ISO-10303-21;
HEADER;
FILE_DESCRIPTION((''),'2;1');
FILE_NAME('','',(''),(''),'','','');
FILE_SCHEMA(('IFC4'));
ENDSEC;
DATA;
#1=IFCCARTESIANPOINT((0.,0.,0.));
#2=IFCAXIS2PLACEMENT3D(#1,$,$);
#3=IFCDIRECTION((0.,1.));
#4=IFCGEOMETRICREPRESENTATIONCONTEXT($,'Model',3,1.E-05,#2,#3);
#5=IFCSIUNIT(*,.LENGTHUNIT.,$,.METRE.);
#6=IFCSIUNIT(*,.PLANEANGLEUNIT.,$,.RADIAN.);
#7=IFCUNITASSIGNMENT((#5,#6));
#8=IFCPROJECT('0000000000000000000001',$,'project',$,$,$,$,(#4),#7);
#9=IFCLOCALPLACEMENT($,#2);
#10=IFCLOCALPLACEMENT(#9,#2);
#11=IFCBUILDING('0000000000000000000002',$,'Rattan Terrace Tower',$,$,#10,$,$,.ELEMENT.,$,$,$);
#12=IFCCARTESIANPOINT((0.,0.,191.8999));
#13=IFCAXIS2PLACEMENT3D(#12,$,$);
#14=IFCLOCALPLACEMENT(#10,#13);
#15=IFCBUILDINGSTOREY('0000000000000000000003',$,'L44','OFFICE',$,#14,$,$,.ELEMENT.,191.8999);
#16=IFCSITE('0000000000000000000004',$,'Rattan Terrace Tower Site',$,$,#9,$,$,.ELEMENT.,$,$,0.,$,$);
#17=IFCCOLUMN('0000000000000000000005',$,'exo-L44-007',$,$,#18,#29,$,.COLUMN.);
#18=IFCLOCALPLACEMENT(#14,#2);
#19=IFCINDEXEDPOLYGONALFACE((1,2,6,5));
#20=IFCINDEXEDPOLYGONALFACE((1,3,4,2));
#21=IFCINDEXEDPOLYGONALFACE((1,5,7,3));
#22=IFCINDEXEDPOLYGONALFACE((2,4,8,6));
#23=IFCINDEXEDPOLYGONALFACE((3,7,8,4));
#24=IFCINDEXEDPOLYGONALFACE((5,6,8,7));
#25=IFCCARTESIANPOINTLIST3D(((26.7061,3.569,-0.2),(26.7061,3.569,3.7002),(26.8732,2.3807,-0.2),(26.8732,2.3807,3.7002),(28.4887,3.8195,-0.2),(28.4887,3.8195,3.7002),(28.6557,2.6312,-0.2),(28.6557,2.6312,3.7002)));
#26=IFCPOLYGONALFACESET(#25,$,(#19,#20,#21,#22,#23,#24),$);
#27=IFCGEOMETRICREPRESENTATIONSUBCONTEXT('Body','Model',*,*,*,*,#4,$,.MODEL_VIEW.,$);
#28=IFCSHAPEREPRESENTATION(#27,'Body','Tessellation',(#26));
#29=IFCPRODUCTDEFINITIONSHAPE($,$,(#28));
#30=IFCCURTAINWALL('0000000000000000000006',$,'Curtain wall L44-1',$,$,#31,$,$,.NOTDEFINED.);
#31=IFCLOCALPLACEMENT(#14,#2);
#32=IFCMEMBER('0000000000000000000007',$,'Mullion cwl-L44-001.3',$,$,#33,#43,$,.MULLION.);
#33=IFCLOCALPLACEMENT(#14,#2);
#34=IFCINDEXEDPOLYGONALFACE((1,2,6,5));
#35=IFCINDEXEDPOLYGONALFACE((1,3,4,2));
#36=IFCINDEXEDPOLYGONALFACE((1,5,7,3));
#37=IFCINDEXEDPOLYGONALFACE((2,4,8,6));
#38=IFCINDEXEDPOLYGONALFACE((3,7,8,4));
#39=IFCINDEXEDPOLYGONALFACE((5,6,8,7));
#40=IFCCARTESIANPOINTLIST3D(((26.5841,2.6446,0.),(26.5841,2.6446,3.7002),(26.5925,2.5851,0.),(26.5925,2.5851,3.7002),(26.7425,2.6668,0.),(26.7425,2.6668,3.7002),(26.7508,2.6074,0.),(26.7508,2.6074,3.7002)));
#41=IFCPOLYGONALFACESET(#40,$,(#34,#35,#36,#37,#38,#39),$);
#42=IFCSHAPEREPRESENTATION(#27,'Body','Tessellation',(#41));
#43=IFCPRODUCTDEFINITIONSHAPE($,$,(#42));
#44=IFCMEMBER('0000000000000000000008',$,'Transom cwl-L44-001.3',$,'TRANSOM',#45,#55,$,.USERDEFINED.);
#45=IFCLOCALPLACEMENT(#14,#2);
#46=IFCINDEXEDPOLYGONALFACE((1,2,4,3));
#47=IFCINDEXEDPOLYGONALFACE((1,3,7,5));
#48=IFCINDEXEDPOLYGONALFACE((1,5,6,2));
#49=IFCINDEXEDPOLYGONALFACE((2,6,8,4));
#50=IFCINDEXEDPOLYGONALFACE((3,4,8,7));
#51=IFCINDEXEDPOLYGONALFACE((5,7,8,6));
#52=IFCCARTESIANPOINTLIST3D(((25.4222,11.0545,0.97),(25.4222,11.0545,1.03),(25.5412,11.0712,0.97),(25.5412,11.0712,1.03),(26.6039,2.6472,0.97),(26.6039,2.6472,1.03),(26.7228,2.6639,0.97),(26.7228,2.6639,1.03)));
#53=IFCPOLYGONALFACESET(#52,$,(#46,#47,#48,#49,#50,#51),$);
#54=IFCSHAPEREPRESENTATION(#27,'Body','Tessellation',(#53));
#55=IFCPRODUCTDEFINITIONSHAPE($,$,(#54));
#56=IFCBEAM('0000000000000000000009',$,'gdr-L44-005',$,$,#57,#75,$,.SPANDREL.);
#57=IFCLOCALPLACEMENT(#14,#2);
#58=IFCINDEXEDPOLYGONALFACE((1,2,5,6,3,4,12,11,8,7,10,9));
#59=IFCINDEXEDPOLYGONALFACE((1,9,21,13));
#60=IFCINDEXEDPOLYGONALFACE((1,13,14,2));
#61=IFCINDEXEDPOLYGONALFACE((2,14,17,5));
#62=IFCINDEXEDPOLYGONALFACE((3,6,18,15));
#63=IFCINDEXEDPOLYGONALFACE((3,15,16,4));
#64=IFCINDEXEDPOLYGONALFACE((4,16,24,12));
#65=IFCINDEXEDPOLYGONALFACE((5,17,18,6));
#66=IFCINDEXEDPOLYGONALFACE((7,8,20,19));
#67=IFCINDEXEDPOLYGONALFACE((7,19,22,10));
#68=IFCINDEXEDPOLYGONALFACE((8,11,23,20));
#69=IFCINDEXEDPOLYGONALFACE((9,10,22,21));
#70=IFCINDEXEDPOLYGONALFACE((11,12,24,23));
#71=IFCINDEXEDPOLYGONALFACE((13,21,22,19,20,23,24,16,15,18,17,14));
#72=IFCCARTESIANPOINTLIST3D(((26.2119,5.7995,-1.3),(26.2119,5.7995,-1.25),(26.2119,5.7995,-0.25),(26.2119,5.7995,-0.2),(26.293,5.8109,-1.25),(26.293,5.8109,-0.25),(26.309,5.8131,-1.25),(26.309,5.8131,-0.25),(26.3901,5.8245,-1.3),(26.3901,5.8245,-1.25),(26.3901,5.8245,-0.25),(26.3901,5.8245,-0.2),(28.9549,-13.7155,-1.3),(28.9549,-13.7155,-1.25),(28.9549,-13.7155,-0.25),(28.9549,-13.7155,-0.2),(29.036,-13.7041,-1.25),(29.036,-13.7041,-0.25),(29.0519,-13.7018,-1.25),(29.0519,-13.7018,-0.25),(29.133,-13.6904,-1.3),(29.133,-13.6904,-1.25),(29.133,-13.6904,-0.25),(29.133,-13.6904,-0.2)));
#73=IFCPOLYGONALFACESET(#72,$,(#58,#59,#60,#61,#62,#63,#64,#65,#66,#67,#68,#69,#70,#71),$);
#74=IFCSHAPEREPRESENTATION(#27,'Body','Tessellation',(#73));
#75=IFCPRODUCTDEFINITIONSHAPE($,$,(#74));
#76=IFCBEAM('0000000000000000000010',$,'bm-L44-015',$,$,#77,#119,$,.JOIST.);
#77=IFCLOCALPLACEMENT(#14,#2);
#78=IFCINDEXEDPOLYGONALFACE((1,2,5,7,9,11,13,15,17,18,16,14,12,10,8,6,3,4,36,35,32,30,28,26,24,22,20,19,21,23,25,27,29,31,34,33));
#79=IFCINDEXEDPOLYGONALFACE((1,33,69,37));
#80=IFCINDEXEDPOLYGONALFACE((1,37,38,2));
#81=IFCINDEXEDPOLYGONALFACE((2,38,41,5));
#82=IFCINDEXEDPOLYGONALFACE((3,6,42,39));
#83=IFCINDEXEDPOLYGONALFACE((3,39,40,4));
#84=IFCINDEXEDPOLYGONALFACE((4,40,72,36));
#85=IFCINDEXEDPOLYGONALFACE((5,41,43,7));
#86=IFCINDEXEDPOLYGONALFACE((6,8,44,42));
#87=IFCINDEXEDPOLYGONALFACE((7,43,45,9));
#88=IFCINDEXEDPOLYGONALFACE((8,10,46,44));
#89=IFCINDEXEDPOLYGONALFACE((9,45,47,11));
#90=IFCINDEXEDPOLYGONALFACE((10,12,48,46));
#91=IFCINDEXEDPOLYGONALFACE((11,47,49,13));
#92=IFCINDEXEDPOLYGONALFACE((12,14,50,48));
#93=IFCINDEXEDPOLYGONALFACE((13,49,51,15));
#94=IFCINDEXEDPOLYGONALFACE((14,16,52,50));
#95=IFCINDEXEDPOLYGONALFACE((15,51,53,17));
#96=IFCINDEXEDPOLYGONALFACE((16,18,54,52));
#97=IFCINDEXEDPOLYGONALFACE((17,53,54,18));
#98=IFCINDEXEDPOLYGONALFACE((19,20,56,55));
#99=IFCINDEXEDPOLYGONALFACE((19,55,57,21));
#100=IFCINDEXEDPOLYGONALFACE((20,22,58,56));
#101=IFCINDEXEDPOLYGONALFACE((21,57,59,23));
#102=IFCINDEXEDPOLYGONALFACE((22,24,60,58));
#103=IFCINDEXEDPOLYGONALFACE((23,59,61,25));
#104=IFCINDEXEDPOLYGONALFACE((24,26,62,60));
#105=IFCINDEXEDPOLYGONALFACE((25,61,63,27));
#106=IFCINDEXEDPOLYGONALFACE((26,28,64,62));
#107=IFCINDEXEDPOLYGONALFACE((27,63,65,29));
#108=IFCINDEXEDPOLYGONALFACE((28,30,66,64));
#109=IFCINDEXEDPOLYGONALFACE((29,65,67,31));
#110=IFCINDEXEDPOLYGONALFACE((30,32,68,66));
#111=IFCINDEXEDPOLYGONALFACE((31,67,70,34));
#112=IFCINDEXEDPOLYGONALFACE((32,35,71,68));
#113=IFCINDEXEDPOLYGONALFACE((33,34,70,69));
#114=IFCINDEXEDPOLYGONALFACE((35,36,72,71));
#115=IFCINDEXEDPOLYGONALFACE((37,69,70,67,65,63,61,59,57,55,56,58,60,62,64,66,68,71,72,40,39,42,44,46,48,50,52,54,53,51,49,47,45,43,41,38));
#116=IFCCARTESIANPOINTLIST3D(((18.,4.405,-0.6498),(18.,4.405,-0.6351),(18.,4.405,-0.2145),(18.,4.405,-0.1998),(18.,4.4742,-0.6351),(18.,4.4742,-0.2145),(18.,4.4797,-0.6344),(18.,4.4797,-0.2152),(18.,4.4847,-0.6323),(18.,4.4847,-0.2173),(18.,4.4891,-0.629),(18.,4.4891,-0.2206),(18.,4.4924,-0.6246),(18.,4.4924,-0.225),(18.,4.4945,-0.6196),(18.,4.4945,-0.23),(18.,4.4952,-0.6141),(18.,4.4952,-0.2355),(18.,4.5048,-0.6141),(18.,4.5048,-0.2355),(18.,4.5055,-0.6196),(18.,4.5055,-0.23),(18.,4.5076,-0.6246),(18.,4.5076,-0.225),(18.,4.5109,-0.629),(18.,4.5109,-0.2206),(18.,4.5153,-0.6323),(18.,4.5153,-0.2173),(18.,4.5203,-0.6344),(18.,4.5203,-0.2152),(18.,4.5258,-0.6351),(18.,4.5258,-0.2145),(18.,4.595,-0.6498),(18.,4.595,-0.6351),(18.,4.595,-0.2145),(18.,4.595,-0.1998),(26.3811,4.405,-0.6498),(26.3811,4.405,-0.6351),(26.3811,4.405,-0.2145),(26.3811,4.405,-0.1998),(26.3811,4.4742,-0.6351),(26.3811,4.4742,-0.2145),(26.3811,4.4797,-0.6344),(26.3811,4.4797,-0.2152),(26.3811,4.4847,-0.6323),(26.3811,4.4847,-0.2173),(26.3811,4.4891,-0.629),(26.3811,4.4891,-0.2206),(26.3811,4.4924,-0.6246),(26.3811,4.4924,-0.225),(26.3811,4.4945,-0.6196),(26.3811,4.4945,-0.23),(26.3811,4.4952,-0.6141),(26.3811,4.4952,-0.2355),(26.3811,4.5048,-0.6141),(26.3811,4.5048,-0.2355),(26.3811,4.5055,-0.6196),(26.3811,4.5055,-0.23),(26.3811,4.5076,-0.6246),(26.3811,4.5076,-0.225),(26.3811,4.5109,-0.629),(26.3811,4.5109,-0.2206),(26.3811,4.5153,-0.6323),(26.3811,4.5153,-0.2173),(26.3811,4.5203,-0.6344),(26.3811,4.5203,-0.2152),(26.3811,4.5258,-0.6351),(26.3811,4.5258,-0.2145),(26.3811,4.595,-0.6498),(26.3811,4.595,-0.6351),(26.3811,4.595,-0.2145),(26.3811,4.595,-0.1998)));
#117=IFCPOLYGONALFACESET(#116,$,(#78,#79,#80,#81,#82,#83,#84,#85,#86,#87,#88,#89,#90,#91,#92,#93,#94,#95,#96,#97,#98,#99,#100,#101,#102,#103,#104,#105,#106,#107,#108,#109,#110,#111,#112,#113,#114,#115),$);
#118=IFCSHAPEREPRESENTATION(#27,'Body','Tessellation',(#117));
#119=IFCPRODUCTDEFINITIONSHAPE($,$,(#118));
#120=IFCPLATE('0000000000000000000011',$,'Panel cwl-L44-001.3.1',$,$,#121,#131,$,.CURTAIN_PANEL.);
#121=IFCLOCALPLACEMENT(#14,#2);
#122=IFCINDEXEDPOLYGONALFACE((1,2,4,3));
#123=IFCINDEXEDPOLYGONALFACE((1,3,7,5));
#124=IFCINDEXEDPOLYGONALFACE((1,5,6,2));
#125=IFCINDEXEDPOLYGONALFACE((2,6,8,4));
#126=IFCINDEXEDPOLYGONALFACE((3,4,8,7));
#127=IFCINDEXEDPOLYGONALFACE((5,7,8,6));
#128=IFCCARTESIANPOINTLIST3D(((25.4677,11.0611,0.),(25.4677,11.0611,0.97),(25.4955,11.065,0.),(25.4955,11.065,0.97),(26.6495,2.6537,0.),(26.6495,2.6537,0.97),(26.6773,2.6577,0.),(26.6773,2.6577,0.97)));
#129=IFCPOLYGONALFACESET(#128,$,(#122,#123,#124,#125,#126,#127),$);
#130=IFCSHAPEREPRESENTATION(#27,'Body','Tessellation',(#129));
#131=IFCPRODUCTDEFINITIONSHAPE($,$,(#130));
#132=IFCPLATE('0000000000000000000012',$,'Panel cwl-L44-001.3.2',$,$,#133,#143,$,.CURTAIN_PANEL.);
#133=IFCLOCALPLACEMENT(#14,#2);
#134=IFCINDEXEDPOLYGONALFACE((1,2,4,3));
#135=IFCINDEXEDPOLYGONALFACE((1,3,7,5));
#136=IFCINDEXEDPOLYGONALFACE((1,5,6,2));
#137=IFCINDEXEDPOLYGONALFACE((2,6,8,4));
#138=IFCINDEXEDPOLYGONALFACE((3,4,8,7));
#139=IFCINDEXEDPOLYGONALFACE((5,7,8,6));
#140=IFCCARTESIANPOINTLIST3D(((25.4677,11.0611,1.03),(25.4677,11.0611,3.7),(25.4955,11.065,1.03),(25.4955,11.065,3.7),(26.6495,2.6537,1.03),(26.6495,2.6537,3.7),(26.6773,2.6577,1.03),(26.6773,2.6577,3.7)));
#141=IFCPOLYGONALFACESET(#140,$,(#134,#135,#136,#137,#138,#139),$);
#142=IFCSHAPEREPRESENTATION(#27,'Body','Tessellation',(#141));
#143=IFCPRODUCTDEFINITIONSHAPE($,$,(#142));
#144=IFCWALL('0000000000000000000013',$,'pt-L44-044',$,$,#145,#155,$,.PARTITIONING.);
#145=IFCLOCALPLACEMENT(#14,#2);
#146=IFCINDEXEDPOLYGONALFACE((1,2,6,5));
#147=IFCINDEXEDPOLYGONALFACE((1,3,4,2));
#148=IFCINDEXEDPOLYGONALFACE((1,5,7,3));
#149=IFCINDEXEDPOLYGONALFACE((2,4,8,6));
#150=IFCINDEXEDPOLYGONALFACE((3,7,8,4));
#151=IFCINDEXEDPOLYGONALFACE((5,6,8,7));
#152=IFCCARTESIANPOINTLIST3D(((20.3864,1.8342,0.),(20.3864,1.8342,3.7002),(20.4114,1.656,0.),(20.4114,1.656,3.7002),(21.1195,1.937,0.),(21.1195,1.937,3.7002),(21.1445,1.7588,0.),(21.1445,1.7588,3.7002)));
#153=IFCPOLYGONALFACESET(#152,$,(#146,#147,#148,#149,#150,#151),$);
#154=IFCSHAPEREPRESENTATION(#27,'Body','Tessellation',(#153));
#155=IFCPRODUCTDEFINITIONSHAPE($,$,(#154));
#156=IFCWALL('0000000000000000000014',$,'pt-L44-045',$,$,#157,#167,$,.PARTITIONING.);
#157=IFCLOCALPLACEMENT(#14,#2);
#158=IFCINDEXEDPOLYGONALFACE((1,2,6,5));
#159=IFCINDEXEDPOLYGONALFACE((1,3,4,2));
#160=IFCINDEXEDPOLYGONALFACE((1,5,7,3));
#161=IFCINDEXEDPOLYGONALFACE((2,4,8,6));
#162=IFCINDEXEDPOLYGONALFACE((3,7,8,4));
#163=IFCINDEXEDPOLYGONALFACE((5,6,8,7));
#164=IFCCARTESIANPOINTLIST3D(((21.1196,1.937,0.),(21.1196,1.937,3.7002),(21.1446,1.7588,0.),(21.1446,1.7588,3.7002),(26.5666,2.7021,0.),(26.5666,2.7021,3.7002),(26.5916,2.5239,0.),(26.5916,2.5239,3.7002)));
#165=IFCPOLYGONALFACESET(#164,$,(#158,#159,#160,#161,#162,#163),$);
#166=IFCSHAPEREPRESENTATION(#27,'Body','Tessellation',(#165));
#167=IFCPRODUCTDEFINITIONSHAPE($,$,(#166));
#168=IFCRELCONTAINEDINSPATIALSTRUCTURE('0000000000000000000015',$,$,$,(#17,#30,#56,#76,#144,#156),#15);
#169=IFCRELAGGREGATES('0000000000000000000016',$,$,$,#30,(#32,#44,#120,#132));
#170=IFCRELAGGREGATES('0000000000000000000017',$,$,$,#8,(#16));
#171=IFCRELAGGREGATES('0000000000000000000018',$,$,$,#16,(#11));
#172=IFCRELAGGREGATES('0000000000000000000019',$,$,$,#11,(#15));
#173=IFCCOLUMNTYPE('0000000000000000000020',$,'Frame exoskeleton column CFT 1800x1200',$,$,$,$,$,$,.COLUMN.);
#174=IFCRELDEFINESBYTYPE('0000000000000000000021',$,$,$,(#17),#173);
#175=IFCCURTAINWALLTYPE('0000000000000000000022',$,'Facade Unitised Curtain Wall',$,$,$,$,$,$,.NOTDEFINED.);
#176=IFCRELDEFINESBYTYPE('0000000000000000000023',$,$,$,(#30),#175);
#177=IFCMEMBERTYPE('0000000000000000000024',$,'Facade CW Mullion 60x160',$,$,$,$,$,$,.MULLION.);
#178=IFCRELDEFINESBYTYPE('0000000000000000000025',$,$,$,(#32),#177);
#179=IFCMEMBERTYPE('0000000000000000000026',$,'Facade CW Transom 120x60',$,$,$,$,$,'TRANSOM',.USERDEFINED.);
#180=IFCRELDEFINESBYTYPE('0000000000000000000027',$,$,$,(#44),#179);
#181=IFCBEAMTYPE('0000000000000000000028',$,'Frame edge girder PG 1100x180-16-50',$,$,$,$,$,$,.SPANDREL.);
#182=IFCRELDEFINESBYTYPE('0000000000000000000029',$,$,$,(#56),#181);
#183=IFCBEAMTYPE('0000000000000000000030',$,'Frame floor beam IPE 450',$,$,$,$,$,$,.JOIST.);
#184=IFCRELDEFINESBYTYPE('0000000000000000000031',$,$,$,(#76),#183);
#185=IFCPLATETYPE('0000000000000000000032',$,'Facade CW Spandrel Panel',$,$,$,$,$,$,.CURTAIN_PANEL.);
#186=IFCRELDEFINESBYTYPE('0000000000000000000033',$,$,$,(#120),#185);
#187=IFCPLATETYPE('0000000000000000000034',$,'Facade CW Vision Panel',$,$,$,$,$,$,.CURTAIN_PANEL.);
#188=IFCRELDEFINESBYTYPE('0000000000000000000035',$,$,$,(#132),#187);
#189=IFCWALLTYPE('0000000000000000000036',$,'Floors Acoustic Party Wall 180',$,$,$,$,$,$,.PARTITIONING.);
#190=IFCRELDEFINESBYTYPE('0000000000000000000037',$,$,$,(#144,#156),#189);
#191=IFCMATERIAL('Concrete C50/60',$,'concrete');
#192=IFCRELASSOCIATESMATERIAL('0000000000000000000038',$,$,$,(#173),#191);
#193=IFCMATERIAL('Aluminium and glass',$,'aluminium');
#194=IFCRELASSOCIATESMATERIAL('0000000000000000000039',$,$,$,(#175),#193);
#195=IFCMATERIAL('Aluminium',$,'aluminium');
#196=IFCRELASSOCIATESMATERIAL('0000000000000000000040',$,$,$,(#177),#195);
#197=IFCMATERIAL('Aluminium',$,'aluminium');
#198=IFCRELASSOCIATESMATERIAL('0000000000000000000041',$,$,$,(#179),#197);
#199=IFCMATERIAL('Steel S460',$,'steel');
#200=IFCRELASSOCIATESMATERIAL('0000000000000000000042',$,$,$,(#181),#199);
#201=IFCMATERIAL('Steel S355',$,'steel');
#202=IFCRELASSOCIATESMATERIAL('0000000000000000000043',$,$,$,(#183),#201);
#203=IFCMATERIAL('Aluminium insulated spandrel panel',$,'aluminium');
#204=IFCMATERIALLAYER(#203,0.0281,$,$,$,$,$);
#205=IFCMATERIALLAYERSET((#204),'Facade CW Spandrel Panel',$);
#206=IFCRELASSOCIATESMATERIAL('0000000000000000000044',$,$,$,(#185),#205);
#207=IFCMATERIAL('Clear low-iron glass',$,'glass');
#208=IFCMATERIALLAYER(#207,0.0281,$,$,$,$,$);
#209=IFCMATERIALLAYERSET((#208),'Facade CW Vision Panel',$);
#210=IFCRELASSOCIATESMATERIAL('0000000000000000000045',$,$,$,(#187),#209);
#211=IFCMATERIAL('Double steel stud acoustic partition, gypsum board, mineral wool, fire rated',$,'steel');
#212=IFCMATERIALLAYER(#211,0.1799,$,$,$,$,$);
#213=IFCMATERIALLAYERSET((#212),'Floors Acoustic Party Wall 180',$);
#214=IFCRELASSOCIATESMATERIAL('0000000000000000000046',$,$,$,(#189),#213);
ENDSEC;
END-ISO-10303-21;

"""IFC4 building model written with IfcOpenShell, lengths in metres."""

from ifc_helpers import new_model, si_unit, direction, frame, frame_2d, origin, origin_2d, place, context, subcontext, project, spatial, rectangle, i_section, extrude, material, layer, layer_set, material_profile, profile_set, type_object, element, aggregate, save


model = new_model("IFC4")

# Units and contexts
model_context = context("Model", 3, precision=1e-05, world=origin(), true_north=direction((0.0, 1.0)))
body_context = subcontext(model_context, "Body", "Model", "MODEL_VIEW")
ifc_project = project(units=[si_unit("LENGTHUNIT", "METRE"), si_unit("PLANEANGLEUNIT", "RADIAN")], contexts=[model_context])

# Site, building, storey
site_placement = place(None, origin())
site = spatial("IfcSite", under=ifc_project, at=site_placement, Name="Rattan Terrace Tower Site", CompositionType="ELEMENT", RefElevation=0.0)
building_placement = place(site_placement, origin())
building = spatial("IfcBuilding", under=site, at=building_placement, Name="Rattan Terrace Tower", CompositionType="ELEMENT")
storey_placement = place(building_placement, frame((0.0, 0.0, 191.8999)))
storey = spatial("IfcBuildingStorey", under=building, at=storey_placement, Name="L44", Description="OFFICE", CompositionType="ELEMENT", Elevation=191.8999)

# Column
ifc_material_1 = material(Name="Concrete C50/60", Category="concrete")
ifc_material_profile_1 = material_profile(ifc_material_1, rectangle(XDim=1.2, YDim=1.8, at=origin_2d()), Name="CFT 1800x1200")
ifc_profile_set_1 = profile_set([ifc_material_profile_1], Name="Concrete C50/60")
column_type = type_object("IfcColumnType", Name="Frame exoskeleton column CFT 1800x1200", PredefinedType="COLUMN", material=ifc_profile_set_1)
column_placement = place(storey_placement, frame((27.6809, 3.1001, -0.2), z_axis=(0.0, 0.0, 1.0), x_axis=(-0.13919, 0.990266, 0.0)))
element("IfcColumn", 1, at=column_placement, inside=storey, type_object=column_type, Name="exo-L44-007", PredefinedType="COLUMN", context=body_context, shape_type="SweptSolid", body=[
    extrude(rectangle(XDim=1.2, YDim=1.8, at=origin_2d()), origin(), (0.0, 0.0, 1.0), 3.9001),
])

# Curtain wall, members
ifc_material_2 = material(Name="Aluminium and glass", Category="aluminium")
curtain_wall_type = type_object("IfcCurtainWallType", Name="Facade Unitised Curtain Wall", PredefinedType="NOTDEFINED", material=ifc_material_2)
curtain_wall_placement = place(storey_placement, origin())
curtain_wall = element("IfcCurtainWall", 2, at=curtain_wall_placement, inside=storey, type_object=curtain_wall_type, Name="Curtain wall L44-1", PredefinedType="NOTDEFINED")
ifc_material_3 = material(Name="Aluminium", Category="aluminium")
ifc_material_profile_2 = material_profile(ifc_material_3, rectangle(XDim=0.0601, YDim=0.1599, at=origin_2d()), Name="Aluminium 60x160")
ifc_profile_set_2 = profile_set([ifc_material_profile_2], Name="Aluminium")
member_type_1 = type_object("IfcMemberType", Name="Facade CW Mullion 60x160", PredefinedType="MULLION", material=ifc_profile_set_2)
member_1_placement = place(storey_placement, frame((26.6675, 2.626, 0.0), z_axis=(0.0, 0.0, 1.0), x_axis=(-0.139191, 0.990266, 0.0)))
member_1 = element("IfcMember", 3, at=member_1_placement, type_object=member_type_1, Name="Mullion cwl-L44-001.3", PredefinedType="MULLION", context=body_context, shape_type="SweptSolid", body=[
    extrude(rectangle(XDim=0.0601, YDim=0.1599, at=origin_2d()), origin(), (0.0, 0.0, 1.0), 3.7002),
])
ifc_material_4 = material(Name="Aluminium", Category="aluminium")
ifc_material_profile_3 = material_profile(ifc_material_4, rectangle(XDim=0.1201, YDim=0.0601, at=origin_2d()), Name="Aluminium 120x60")
ifc_profile_set_3 = profile_set([ifc_material_profile_3], Name="Aluminium")
member_type_2 = type_object("IfcMemberType", Name="Facade CW Transom 120x60", ElementType="TRANSOM", PredefinedType="USERDEFINED", material=ifc_profile_set_3)
member_2_placement = place(storey_placement, frame((26.6633, 2.6555, 1.0), z_axis=(-0.139179, 0.990267, 0.0), x_axis=(-0.990267, -0.139179, 0.0)))
member_2 = element("IfcMember", 4, at=member_2_placement, type_object=member_type_2, Name="Transom cwl-L44-001.3", ObjectType="TRANSOM", PredefinedType="USERDEFINED", context=body_context, shape_type="SweptSolid", body=[
    extrude(rectangle(XDim=0.1201, YDim=0.0601, at=origin_2d()), origin(), (0.0, 0.0, 1.0), 8.49),
])

# Beams
ifc_material_5 = material(Name="Steel S460", Category="steel")
ifc_material_profile_4 = material_profile(ifc_material_5, i_section(OverallWidth=0.1799, OverallDepth=1.1001, WebThickness=0.0161, FlangeThickness=0.05, at=origin_2d()), Name="PG 1100x180-16-50")
ifc_profile_set_4 = profile_set([ifc_material_profile_4], Name="Steel S460")
beam_type_1 = type_object("IfcBeamType", Name="Frame edge girder PG 1100x180-16-50", PredefinedType="SPANDREL", material=ifc_profile_set_4)
beam_1_placement = place(storey_placement, frame((26.301, 5.812, -0.75), z_axis=(0.139187, -0.990266, 0.0), x_axis=(0.990266, 0.139187, 0.0)))
element("IfcBeam", 5, at=beam_1_placement, inside=storey, type_object=beam_type_1, Name="gdr-L44-005", PredefinedType="SPANDREL", context=body_context, shape_type="SweptSolid", body=[
    extrude(i_section(OverallWidth=0.1799, OverallDepth=1.1001, WebThickness=0.0161, FlangeThickness=0.05, at=origin_2d()), origin(), (0.0, 0.0, 1.0), 19.7068),
])
ifc_material_6 = material(Name="Steel S355", Category="steel")
ifc_material_profile_5 = material_profile(ifc_material_6, i_section(OverallWidth=0.1899, OverallDepth=0.45, WebThickness=0.0095, FlangeThickness=0.0146, FilletRadius=0.021, at=origin_2d()), Name="IPE 450")
ifc_profile_set_5 = profile_set([ifc_material_profile_5], Name="Steel S355")
beam_type_2 = type_object("IfcBeamType", Name="Frame floor beam IPE 450", PredefinedType="JOIST", material=ifc_profile_set_5)
beam_2_placement = place(storey_placement, frame((18.0, 4.5, -0.4248), z_axis=(1.0, 0.0, 0.0), x_axis=(0.0, 1.0, 0.0)))
element("IfcBeam", 6, at=beam_2_placement, inside=storey, type_object=beam_type_2, Name="bm-L44-015", PredefinedType="JOIST", context=body_context, shape_type="SweptSolid", body=[
    extrude(i_section(OverallWidth=0.1899, OverallDepth=0.45, WebThickness=0.0095, FlangeThickness=0.0146, FilletRadius=0.021, at=origin_2d()), origin(), (0.0, 0.0, 1.0), 8.3811),
])

# Plates
ifc_material_7 = material(Name="Aluminium insulated spandrel panel", Category="aluminium")
ifc_layer_1 = layer(ifc_material_7, 0.0281)
ifc_layer_set_1 = layer_set([ifc_layer_1], Name="Facade CW Spandrel Panel")
plate_type_1 = type_object("IfcPlateType", Name="Facade CW Spandrel Panel", PredefinedType="CURTAIN_PANEL", material=ifc_layer_set_1)
plate_1_placement = place(storey_placement, frame((26.0725, 6.8594, 0.0), z_axis=(0.0, 0.0, 1.0), x_axis=(-0.139191, 0.990266, 0.0)))
plate_1 = element("IfcPlate", 7, at=plate_1_placement, type_object=plate_type_1, Name="Panel cwl-L44-001.3.1", PredefinedType="CURTAIN_PANEL", context=body_context, shape_type="SweptSolid", body=[
    extrude(rectangle(XDim=8.49, YDim=0.0281, at=origin_2d()), origin(), (0.0, 0.0, 1.0), 0.97),
])
ifc_material_8 = material(Name="Clear low-iron glass", Category="glass")
ifc_layer_2 = layer(ifc_material_8, 0.0281)
ifc_layer_set_2 = layer_set([ifc_layer_2], Name="Facade CW Vision Panel")
plate_type_2 = type_object("IfcPlateType", Name="Facade CW Vision Panel", PredefinedType="CURTAIN_PANEL", material=ifc_layer_set_2)
plate_2_placement = place(storey_placement, frame((26.0725, 6.8594, 1.03), z_axis=(0.0, 0.0, 1.0), x_axis=(-0.139191, 0.990266, 0.0)))
plate_2 = element("IfcPlate", 8, at=plate_2_placement, type_object=plate_type_2, Name="Panel cwl-L44-001.3.2", PredefinedType="CURTAIN_PANEL", context=body_context, shape_type="SweptSolid", body=[
    extrude(rectangle(XDim=8.49, YDim=0.0281, at=origin_2d()), origin(), (0.0, 0.0, 1.0), 2.6699),
])
aggregate(curtain_wall, [member_1, member_2, plate_1, plate_2])

# Walls
ifc_material_9 = material(Name="Double steel stud acoustic partition, gypsum board, mineral wool, fire rated", Category="steel")
ifc_layer_3 = layer(ifc_material_9, 0.1799)
ifc_layer_set_3 = layer_set([ifc_layer_3], Name="Floors Acoustic Party Wall 180")
wall_type_1 = type_object("IfcWallType", Name="Floors Acoustic Party Wall 180", PredefinedType="PARTITIONING", material=ifc_layer_set_3)
wall_1_placement = place(storey_placement, frame((20.3989, 1.7451, 0.0), z_axis=(0.0, 0.0, 1.0), x_axis=(0.990315, 0.138835, 0.0)))
element("IfcWall", 9, at=wall_1_placement, inside=storey, type_object=wall_type_1, Name="pt-L44-044", PredefinedType="PARTITIONING", context=body_context, shape_type="SweptSolid", body=[
    extrude(rectangle(XDim=0.7402, YDim=0.1799, at=frame_2d((0.3701, 0.0))), origin(), (0.0, 0.0, 1.0), 3.7002),
])
wall_2_placement = place(storey_placement, frame((21.1321, 1.8479, 0.0), z_axis=(0.0, 0.0, 1.0), x_axis=(0.990278, 0.139103, 0.0)))
element("IfcWall", 10, at=wall_2_placement, inside=storey, type_object=wall_type_1, Name="pt-L44-045", PredefinedType="PARTITIONING", context=body_context, shape_type="SweptSolid", body=[
    extrude(rectangle(XDim=5.5005, YDim=0.1799, at=frame_2d((2.7502, 0.0))), origin(), (0.0, 0.0, 1.0), 3.7002),
])

save(model, "model.ifc")
